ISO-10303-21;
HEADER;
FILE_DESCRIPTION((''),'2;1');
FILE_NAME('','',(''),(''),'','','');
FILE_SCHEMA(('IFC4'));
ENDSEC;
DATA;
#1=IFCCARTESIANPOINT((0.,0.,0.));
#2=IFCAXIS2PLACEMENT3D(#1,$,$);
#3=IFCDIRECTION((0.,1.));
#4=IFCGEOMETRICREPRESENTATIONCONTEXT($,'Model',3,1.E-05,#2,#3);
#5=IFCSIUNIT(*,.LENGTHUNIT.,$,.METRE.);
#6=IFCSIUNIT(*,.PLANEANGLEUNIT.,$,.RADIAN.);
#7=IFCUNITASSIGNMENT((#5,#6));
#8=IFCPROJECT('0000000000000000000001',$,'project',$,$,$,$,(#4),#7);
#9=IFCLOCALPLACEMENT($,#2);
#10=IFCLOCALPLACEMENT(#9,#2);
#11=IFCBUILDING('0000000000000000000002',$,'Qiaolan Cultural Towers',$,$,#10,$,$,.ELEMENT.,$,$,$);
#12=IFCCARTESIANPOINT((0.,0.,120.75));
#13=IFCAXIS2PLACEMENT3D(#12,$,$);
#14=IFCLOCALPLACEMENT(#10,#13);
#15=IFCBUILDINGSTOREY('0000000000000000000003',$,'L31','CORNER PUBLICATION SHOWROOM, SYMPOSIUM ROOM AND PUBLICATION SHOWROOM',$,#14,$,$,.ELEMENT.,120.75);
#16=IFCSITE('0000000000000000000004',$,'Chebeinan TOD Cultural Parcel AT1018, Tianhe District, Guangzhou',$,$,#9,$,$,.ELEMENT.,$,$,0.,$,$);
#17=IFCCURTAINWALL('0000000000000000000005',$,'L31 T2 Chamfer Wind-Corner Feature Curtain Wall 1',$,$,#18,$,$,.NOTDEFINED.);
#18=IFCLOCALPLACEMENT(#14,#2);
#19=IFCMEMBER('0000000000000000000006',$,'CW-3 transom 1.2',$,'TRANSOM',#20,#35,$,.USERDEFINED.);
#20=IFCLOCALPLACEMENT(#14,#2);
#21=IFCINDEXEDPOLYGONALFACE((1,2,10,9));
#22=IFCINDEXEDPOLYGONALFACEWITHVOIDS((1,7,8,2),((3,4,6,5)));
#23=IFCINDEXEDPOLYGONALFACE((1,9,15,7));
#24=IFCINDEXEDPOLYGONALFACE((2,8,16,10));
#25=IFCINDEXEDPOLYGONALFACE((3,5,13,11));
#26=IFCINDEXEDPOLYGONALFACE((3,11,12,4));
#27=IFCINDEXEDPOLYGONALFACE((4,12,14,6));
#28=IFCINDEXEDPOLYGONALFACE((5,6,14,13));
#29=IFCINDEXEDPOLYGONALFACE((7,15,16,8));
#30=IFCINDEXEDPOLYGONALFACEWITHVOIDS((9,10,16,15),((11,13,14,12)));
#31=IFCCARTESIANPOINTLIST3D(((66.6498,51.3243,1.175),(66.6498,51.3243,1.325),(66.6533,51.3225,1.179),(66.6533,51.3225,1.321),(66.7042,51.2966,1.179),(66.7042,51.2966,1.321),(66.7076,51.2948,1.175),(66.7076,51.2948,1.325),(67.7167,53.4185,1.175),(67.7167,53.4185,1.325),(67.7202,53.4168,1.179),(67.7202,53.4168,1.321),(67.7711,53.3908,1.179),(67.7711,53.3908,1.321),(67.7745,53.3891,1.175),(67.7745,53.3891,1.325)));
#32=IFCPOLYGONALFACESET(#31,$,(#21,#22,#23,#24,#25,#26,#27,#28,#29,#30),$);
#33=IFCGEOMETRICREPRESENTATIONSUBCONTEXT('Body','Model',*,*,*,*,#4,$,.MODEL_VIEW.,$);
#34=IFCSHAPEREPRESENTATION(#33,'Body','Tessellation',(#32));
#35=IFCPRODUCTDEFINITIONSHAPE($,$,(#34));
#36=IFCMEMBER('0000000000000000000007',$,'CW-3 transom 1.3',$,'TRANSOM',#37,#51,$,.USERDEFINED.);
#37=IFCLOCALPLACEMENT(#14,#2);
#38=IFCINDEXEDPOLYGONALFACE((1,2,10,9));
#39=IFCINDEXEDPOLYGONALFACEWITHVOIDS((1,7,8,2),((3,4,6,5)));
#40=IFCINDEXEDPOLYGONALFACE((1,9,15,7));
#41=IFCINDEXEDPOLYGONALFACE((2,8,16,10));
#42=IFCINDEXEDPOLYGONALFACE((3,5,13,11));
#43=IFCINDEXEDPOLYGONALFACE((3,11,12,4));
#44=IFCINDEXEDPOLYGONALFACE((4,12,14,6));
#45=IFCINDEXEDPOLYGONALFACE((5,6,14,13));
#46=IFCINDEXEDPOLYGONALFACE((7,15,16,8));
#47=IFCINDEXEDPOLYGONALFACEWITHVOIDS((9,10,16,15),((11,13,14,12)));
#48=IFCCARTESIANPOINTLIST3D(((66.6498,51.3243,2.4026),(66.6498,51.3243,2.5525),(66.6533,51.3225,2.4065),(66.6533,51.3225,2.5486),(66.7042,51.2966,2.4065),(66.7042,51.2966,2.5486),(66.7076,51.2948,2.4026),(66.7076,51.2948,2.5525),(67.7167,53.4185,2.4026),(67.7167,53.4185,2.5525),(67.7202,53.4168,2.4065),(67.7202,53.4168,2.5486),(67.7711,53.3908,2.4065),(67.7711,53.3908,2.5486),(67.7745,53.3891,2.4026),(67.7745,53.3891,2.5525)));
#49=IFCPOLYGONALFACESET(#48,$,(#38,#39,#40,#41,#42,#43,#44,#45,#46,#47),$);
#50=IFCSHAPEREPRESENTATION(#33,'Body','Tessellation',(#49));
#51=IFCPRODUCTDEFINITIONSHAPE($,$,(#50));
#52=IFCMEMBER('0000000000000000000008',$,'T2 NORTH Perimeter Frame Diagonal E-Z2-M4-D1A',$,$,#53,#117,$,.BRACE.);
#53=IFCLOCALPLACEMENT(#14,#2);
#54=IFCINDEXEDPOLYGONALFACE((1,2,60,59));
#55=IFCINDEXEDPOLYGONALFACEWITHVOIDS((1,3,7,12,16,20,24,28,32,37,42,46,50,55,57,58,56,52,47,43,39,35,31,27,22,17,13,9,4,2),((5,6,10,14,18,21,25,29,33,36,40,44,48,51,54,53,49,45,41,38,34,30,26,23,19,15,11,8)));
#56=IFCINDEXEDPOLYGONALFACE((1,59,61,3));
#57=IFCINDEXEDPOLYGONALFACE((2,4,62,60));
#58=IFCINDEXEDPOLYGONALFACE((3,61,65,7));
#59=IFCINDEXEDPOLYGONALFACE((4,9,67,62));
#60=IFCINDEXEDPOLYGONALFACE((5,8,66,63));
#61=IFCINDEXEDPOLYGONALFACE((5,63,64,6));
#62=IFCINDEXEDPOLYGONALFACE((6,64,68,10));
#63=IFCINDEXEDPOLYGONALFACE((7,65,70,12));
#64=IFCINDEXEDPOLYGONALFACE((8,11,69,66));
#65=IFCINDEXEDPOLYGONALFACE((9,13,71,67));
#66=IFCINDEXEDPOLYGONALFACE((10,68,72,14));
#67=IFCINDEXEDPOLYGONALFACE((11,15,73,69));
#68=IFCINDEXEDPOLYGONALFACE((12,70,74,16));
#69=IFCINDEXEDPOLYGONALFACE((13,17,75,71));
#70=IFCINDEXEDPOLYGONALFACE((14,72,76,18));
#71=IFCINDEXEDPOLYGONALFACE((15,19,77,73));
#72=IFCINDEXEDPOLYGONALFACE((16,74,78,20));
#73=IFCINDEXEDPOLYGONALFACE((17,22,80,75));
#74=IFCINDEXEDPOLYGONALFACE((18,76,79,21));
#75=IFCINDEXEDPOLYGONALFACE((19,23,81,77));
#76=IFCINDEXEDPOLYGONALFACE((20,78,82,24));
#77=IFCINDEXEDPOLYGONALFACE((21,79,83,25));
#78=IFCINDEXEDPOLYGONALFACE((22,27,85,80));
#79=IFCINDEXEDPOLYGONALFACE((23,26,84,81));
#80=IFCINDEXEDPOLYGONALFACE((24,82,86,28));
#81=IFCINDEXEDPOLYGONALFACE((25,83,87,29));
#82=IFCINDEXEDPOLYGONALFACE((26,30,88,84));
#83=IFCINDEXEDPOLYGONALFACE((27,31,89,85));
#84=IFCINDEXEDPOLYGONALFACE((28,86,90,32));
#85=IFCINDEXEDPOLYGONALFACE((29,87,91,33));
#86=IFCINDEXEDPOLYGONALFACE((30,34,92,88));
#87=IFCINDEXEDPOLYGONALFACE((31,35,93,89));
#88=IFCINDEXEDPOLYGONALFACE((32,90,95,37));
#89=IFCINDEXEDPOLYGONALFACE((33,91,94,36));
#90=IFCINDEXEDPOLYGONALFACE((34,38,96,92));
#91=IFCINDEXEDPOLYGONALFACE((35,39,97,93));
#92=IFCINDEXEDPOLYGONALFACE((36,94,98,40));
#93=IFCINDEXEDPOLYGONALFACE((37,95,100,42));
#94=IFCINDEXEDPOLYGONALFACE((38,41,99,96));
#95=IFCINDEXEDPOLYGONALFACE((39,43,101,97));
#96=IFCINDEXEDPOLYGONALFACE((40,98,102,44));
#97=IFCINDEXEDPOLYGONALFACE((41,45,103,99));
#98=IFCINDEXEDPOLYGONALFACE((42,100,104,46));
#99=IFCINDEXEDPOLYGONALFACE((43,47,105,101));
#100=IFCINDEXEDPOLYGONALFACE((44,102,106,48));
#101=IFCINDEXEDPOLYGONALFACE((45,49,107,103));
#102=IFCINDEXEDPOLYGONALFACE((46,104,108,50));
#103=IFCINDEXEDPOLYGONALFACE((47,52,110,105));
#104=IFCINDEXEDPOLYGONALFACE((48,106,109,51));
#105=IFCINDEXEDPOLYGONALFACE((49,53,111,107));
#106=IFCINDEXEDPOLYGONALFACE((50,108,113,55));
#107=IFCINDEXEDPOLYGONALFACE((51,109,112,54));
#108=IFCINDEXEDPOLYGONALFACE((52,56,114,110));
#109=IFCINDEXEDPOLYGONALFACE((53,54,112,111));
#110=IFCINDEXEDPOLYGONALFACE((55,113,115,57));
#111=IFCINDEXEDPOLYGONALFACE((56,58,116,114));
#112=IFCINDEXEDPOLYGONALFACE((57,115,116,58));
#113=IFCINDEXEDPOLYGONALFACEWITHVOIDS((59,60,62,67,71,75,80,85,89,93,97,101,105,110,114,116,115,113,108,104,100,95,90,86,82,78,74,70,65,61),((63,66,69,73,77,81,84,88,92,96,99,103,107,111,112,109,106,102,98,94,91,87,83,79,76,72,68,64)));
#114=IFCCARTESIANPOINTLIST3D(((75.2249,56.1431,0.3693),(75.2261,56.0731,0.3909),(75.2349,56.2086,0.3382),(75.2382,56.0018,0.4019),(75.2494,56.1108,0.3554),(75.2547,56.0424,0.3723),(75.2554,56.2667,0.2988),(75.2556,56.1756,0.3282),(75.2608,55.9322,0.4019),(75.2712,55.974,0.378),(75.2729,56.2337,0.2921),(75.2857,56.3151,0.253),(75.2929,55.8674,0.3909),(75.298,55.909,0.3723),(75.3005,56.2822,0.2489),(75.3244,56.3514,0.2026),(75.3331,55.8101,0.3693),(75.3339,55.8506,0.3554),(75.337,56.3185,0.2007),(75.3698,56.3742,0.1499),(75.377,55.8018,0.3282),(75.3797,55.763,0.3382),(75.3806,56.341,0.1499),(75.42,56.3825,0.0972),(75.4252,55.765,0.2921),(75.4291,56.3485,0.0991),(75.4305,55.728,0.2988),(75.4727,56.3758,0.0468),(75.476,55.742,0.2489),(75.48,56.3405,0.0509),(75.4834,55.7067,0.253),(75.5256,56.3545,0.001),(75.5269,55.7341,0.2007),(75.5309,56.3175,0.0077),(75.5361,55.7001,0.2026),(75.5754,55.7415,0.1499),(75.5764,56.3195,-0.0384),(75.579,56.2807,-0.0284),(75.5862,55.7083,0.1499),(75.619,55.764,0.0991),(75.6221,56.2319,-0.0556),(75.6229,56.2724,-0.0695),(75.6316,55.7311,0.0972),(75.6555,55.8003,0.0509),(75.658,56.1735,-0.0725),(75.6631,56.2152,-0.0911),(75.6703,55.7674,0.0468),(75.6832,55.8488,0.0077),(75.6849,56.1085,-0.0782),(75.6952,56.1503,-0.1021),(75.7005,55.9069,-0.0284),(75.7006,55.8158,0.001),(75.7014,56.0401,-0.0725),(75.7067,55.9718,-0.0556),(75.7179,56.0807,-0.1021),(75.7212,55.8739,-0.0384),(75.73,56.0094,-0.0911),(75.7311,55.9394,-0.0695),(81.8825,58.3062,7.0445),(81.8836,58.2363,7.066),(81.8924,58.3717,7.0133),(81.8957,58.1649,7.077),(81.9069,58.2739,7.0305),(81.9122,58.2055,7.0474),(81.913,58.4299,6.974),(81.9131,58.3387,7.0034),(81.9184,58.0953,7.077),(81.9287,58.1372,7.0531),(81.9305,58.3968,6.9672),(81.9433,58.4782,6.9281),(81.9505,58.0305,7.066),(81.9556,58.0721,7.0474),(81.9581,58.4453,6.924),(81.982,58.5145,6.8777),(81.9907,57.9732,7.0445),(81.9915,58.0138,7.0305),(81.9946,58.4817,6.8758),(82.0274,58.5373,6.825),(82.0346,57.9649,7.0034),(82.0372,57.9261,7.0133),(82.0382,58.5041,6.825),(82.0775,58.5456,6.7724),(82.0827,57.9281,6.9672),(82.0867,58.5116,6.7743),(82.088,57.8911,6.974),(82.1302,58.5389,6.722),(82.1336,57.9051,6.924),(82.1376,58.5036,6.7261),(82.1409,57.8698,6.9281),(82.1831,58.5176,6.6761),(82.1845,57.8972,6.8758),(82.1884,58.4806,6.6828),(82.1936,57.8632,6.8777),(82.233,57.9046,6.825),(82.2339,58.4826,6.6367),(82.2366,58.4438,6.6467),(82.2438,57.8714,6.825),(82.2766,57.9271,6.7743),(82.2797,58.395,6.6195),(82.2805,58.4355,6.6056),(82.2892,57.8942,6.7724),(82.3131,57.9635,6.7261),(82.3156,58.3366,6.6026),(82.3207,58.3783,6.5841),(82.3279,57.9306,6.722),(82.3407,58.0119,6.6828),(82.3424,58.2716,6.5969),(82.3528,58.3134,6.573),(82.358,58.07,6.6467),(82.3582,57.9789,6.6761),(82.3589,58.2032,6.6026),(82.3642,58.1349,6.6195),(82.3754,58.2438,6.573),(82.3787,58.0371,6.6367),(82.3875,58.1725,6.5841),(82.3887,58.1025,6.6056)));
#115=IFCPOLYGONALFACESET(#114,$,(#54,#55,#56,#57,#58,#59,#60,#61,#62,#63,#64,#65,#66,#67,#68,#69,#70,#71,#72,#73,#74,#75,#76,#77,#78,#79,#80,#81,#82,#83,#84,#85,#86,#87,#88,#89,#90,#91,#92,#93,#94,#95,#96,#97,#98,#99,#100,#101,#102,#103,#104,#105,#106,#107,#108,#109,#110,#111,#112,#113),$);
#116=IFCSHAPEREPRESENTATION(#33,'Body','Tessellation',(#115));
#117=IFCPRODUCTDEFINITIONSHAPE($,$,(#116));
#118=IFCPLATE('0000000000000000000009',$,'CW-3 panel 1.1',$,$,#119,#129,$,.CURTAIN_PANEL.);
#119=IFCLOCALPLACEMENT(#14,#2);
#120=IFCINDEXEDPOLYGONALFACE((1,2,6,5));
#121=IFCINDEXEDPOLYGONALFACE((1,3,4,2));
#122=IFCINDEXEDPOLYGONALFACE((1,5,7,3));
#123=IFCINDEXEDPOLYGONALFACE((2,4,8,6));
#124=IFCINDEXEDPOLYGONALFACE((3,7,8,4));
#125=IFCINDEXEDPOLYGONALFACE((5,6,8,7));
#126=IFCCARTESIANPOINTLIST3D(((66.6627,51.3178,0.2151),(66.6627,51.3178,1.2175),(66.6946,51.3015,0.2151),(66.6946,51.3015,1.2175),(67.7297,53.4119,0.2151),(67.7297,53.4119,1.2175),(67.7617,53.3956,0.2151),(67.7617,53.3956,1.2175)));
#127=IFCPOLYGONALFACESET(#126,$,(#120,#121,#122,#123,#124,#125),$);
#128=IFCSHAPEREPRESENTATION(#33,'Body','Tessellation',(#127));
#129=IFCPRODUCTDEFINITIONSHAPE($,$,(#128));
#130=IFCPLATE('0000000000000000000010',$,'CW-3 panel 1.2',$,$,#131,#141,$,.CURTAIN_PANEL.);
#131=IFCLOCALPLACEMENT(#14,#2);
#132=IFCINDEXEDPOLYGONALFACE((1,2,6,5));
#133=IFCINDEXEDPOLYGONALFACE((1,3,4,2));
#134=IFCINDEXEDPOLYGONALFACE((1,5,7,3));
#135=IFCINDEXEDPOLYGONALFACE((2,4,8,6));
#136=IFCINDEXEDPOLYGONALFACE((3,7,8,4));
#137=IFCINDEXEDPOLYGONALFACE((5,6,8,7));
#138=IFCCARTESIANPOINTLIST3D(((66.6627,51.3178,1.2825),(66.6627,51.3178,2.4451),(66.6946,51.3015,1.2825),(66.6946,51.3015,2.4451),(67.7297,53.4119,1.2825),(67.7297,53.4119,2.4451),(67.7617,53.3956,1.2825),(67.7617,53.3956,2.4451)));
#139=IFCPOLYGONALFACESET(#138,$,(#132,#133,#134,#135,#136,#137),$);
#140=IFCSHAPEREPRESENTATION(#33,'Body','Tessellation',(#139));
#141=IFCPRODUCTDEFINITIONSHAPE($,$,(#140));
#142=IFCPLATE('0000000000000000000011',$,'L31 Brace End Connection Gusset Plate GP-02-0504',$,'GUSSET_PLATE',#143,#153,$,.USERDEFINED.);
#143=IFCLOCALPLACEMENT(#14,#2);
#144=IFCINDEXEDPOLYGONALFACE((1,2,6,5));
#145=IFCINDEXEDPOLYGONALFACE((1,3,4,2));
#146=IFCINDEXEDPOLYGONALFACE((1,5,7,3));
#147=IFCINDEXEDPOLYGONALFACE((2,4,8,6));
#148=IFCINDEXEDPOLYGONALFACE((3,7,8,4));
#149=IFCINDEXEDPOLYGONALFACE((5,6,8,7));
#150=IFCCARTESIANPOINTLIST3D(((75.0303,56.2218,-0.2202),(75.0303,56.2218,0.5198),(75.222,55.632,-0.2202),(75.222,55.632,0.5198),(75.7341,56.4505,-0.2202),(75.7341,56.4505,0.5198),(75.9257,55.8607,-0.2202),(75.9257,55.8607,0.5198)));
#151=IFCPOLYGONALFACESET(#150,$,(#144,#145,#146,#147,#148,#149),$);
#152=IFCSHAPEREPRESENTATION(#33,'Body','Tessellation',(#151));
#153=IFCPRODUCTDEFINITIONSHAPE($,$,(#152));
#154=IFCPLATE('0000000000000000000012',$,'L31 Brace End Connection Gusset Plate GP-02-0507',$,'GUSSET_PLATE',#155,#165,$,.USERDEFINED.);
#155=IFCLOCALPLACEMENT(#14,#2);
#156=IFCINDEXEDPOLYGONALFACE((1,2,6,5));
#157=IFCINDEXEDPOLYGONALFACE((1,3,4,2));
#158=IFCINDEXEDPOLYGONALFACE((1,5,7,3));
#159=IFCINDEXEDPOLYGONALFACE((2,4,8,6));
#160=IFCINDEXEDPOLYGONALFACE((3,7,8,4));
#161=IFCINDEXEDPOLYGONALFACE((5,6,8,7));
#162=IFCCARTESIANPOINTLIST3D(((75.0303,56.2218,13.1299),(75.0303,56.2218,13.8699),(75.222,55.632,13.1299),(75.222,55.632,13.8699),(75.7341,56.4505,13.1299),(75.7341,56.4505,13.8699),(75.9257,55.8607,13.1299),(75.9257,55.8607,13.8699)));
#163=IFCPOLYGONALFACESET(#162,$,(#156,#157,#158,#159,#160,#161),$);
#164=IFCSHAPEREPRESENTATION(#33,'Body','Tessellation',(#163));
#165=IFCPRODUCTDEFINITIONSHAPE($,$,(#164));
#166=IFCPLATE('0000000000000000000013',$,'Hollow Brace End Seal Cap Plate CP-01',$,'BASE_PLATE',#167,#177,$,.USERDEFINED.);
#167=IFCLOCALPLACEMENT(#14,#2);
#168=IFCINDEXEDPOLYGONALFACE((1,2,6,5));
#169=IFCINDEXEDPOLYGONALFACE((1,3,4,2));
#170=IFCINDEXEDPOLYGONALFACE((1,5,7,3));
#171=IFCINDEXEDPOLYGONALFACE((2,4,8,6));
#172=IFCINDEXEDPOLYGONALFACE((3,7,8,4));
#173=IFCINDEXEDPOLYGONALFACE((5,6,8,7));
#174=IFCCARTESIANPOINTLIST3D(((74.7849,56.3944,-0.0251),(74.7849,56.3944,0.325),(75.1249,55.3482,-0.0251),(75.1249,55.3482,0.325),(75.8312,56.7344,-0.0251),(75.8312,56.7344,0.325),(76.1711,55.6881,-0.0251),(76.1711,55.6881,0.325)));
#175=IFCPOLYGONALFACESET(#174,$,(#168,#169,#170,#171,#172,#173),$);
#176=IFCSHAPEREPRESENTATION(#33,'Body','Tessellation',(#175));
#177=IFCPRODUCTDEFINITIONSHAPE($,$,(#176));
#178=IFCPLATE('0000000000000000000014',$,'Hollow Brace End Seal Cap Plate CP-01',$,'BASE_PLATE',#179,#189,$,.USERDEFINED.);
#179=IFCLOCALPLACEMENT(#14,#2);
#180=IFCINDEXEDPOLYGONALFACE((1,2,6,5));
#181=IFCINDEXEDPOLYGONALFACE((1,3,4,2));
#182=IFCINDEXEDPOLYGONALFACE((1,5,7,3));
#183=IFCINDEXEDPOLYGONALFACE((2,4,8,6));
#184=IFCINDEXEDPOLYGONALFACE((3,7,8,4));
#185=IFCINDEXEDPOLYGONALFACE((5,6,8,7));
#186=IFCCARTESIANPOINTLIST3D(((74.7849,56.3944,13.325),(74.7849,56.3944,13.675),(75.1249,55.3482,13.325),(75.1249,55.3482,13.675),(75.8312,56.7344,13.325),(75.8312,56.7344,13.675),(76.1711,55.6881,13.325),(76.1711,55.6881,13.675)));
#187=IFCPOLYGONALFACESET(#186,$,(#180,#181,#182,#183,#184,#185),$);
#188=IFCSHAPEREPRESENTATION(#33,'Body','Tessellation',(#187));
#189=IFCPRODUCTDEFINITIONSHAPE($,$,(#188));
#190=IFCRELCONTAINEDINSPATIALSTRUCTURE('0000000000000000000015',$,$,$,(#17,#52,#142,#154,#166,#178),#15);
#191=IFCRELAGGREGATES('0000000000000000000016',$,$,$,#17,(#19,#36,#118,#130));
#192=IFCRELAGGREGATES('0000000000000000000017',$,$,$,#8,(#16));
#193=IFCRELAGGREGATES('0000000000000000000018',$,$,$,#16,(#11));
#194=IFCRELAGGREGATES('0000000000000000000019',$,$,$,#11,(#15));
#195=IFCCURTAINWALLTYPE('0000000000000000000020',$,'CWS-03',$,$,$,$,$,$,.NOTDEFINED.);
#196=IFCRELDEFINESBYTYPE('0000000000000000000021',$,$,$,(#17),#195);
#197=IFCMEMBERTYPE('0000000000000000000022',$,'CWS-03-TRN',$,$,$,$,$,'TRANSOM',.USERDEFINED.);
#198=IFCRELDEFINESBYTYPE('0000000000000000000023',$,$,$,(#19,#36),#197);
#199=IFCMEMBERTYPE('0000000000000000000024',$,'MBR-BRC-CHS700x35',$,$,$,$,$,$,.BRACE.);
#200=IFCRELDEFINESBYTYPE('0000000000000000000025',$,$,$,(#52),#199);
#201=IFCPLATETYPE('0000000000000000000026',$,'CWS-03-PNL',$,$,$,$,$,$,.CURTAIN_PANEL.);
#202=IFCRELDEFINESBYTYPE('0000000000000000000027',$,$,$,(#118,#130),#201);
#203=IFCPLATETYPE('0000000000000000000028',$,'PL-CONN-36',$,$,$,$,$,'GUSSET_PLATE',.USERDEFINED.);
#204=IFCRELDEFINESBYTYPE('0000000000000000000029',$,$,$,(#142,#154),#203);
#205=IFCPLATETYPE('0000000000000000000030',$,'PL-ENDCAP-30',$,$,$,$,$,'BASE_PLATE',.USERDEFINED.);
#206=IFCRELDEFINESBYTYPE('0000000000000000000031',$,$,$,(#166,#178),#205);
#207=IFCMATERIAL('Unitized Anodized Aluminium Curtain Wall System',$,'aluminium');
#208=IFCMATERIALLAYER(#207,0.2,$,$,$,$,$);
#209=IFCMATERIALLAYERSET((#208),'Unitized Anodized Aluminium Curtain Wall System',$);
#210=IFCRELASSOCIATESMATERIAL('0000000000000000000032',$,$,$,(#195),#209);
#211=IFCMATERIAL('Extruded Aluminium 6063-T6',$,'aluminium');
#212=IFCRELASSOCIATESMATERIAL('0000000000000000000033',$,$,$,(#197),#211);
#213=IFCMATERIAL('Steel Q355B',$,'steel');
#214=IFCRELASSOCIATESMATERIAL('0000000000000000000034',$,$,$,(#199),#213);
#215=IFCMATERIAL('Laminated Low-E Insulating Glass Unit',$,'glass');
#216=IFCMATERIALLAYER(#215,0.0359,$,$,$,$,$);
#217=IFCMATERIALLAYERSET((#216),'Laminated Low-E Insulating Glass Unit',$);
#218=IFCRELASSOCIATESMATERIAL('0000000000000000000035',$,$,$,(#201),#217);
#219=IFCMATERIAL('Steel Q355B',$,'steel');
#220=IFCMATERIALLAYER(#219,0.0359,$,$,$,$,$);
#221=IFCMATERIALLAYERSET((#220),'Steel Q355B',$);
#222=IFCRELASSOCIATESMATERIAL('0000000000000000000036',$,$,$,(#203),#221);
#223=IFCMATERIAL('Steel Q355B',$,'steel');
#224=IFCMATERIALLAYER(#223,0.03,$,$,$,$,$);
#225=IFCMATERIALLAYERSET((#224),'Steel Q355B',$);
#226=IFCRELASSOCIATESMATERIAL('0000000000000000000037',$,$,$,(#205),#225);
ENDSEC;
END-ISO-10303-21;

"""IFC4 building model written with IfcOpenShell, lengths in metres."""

from ifc_helpers import new_model, si_unit, direction, frame, origin, origin_2d, place, context, subcontext, project, spatial, rectangle, hollow_rectangle, hollow_circle, extrude, material, layer, layer_set, material_profile, profile_set, type_object, element, aggregate, save


model = new_model("IFC4")

# Units and contexts
model_context = context("Model", 3, precision=1e-05, world=origin(), true_north=direction((0.0, 1.0)))
body_context = subcontext(model_context, "Body", "Model", "MODEL_VIEW")
ifc_project = project(units=[si_unit("LENGTHUNIT", "METRE"), si_unit("PLANEANGLEUNIT", "RADIAN")], contexts=[model_context])

# Site, building, storey
site_placement = place(None, origin())
site = spatial("IfcSite", under=ifc_project, at=site_placement, Name="Chebeinan TOD Cultural Parcel AT1018, Tianhe District, Guangzhou", CompositionType="ELEMENT", RefElevation=0.0)
building_placement = place(site_placement, origin())
building = spatial("IfcBuilding", under=site, at=building_placement, Name="Qiaolan Cultural Towers", CompositionType="ELEMENT")
storey_placement = place(building_placement, frame((0.0, 0.0, 120.75)))
storey = spatial("IfcBuildingStorey", under=building, at=storey_placement, Name="L31", Description="CORNER PUBLICATION SHOWROOM, SYMPOSIUM ROOM AND PUBLICATION SHOWROOM", CompositionType="ELEMENT", Elevation=120.75)

# Curtain wall, members
ifc_material_1 = material(Name="Unitized Anodized Aluminium Curtain Wall System", Category="aluminium")
ifc_layer_1 = layer(ifc_material_1, 0.2)
ifc_layer_set_1 = layer_set([ifc_layer_1], Name="Unitized Anodized Aluminium Curtain Wall System")
curtain_wall_type = type_object("IfcCurtainWallType", Name="CWS-03", PredefinedType="NOTDEFINED", material=ifc_layer_set_1)
curtain_wall_placement = place(storey_placement, origin())
curtain_wall = element("IfcCurtainWall", 1, at=curtain_wall_placement, inside=storey, type_object=curtain_wall_type, Name="L31 T2 Chamfer Wind-Corner Feature Curtain Wall 1", PredefinedType="NOTDEFINED")
ifc_material_2 = material(Name="Extruded Aluminium 6063-T6", Category="aluminium")
ifc_material_profile_1 = material_profile(ifc_material_2, hollow_rectangle(XDim=0.0649, YDim=0.1499, WallThickness=0.0039, at=origin_2d()), Name="CWT-150x65x4")
ifc_profile_set_1 = profile_set([ifc_material_profile_1], Name="Extruded Aluminium 6063-T6")
member_type_1 = type_object("IfcMemberType", Name="CWS-03-TRN", ElementType="TRANSOM", PredefinedType="USERDEFINED", material=ifc_profile_set_1)
member_1_placement = place(storey_placement, frame((66.6787, 51.3096, 1.25), z_axis=(0.453932, 0.891036, 0.0), x_axis=(-0.891036, 0.453932, 0.0)))
member_1 = element("IfcMember", 2, at=member_1_placement, type_object=member_type_1, Name="CW-3 transom 1.2", ObjectType="TRANSOM", PredefinedType="USERDEFINED", context=body_context, shape_type="SweptSolid", body=[
    extrude(hollow_rectangle(XDim=0.0649, YDim=0.1499, WallThickness=0.0039, at=origin_2d()), origin(), (0.0, 0.0, 1.0), 2.3503),
])
member_2_placement = place(storey_placement, frame((66.6787, 51.3096, 2.4775), z_axis=(0.453932, 0.891036, 0.0), x_axis=(-0.891036, 0.453932, 0.0)))
member_2 = element("IfcMember", 3, at=member_2_placement, type_object=member_type_1, Name="CW-3 transom 1.3", ObjectType="TRANSOM", PredefinedType="USERDEFINED", context=body_context, shape_type="SweptSolid", body=[
    extrude(hollow_rectangle(XDim=0.0649, YDim=0.1499, WallThickness=0.0039, at=origin_2d()), origin(), (0.0, 0.0, 1.0), 2.3503),
])

# Member
ifc_material_3 = material(Name="Steel Q355B", Category="steel")
ifc_material_profile_2 = material_profile(ifc_material_3, hollow_circle(Radius=0.3501, WallThickness=0.0349, at=origin_2d()), Name="CHS700x35")
ifc_profile_set_2 = profile_set([ifc_material_profile_2], Name="Steel Q355B")
member_type_2 = type_object("IfcMemberType", Name="MBR-BRC-CHS700x35", PredefinedType="BRACE", material=ifc_profile_set_2)
member_3_placement = place(storey_placement, frame((75.478, 56.0413, 0.1499), z_axis=(0.688289, 0.223633, 0.690106), x_axis=(-0.30901, 0.951059, 0.0)))
element("IfcMember", 4, at=member_3_placement, inside=storey, type_object=member_type_2, Name="T2 NORTH Perimeter Frame Diagonal E-Z2-M4-D1A", PredefinedType="BRACE", context=body_context, shape_type="SweptSolid", body=[
    extrude(hollow_circle(Radius=0.3501, WallThickness=0.0349, at=origin_2d()), origin(), (0.0, 0.0, 1.0), 9.6726),
])

# Plates
ifc_material_4 = material(Name="Laminated Low-E Insulating Glass Unit", Category="glass")
ifc_layer_2 = layer(ifc_material_4, 0.0359)
ifc_layer_set_2 = layer_set([ifc_layer_2], Name="Laminated Low-E Insulating Glass Unit")
plate_type_1 = type_object("IfcPlateType", Name="CWS-03-PNL", PredefinedType="CURTAIN_PANEL", material=ifc_layer_set_2)
plate_1_placement = place(storey_placement, frame((67.2122, 52.3567, 0.2151), z_axis=(0.0, 0.0, 1.0), x_axis=(0.453991, 0.891006, 0.0)))
plate_1 = element("IfcPlate", 5, at=plate_1_placement, type_object=plate_type_1, Name="CW-3 panel 1.1", PredefinedType="CURTAIN_PANEL", context=body_context, shape_type="SweptSolid", body=[
    extrude(rectangle(XDim=2.3503, YDim=0.0359, at=origin_2d()), origin(), (0.0, 0.0, 1.0), 1.0024),
])
plate_2_placement = place(storey_placement, frame((67.2122, 52.3567, 1.2825), z_axis=(0.0, 0.0, 1.0), x_axis=(0.453991, 0.891006, 0.0)))
plate_2 = element("IfcPlate", 6, at=plate_2_placement, type_object=plate_type_1, Name="CW-3 panel 1.2", PredefinedType="CURTAIN_PANEL", context=body_context, shape_type="SweptSolid", body=[
    extrude(rectangle(XDim=2.3503, YDim=0.0359, at=origin_2d()), origin(), (0.0, 0.0, 1.0), 1.1626),
])
aggregate(curtain_wall, [member_1, member_2, plate_1, plate_2])

# Plates
ifc_material_5 = material(Name="Steel Q355B", Category="steel")
ifc_layer_3 = layer(ifc_material_5, 0.0359)
ifc_layer_set_3 = layer_set([ifc_layer_3], Name="Steel Q355B")
plate_type_2 = type_object("IfcPlateType", Name="PL-CONN-36", ElementType="GUSSET_PLATE", PredefinedType="USERDEFINED", material=ifc_layer_set_3)
for number, where, z_axis, x_axis, name in (
    (7, (75.478, 56.0413, -0.2202), (0.0, 0.0, 1.0), (0.951057, 0.309017, 0.0), "L31 Brace End Connection Gusset Plate GP-02-0504"),
    (8, (75.478, 56.0413, 13.1299), (0.0, 0.0, 1.0), (0.951057, 0.309017, 0.0), "L31 Brace End Connection Gusset Plate GP-02-0507"),
):
    element("IfcPlate", number, at=place(storey_placement, frame(where, z_axis=z_axis, x_axis=x_axis)), inside=storey, type_object=plate_type_2, Name=name, ObjectType="GUSSET_PLATE", PredefinedType="USERDEFINED", context=body_context, shape_type="SweptSolid", body=[
        extrude(rectangle(XDim=0.74, YDim=0.6201, at=origin_2d()), origin(), (0.0, 0.0, 1.0), 0.74),
    ])
ifc_material_6 = material(Name="Steel Q355B", Category="steel")
ifc_layer_4 = layer(ifc_material_6, 0.03)
ifc_layer_set_4 = layer_set([ifc_layer_4], Name="Steel Q355B")
plate_type_3 = type_object("IfcPlateType", Name="PL-ENDCAP-30", ElementType="BASE_PLATE", PredefinedType="USERDEFINED", material=ifc_layer_set_4)
for number, where, z_axis, x_axis, name in (
    (9, (75.478, 56.0413, -0.0251), (0.0, 0.0, 1.0), (0.951057, 0.309017, 0.0), "Hollow Brace End Seal Cap Plate CP-01"),
    (10, (75.478, 56.0413, 13.325), (0.0, 0.0, 1.0), (0.951057, 0.309017, 0.0), "Hollow Brace End Seal Cap Plate CP-01"),
):
    element("IfcPlate", number, at=place(storey_placement, frame(where, z_axis=z_axis, x_axis=x_axis)), inside=storey, type_object=plate_type_3, Name=name, ObjectType="BASE_PLATE", PredefinedType="USERDEFINED", context=body_context, shape_type="SweptSolid", body=[
        extrude(rectangle(XDim=1.1001, YDim=1.1001, at=origin_2d()), origin(), (0.0, 0.0, 1.0), 0.3501),
    ])

save(model, "model.ifc")
